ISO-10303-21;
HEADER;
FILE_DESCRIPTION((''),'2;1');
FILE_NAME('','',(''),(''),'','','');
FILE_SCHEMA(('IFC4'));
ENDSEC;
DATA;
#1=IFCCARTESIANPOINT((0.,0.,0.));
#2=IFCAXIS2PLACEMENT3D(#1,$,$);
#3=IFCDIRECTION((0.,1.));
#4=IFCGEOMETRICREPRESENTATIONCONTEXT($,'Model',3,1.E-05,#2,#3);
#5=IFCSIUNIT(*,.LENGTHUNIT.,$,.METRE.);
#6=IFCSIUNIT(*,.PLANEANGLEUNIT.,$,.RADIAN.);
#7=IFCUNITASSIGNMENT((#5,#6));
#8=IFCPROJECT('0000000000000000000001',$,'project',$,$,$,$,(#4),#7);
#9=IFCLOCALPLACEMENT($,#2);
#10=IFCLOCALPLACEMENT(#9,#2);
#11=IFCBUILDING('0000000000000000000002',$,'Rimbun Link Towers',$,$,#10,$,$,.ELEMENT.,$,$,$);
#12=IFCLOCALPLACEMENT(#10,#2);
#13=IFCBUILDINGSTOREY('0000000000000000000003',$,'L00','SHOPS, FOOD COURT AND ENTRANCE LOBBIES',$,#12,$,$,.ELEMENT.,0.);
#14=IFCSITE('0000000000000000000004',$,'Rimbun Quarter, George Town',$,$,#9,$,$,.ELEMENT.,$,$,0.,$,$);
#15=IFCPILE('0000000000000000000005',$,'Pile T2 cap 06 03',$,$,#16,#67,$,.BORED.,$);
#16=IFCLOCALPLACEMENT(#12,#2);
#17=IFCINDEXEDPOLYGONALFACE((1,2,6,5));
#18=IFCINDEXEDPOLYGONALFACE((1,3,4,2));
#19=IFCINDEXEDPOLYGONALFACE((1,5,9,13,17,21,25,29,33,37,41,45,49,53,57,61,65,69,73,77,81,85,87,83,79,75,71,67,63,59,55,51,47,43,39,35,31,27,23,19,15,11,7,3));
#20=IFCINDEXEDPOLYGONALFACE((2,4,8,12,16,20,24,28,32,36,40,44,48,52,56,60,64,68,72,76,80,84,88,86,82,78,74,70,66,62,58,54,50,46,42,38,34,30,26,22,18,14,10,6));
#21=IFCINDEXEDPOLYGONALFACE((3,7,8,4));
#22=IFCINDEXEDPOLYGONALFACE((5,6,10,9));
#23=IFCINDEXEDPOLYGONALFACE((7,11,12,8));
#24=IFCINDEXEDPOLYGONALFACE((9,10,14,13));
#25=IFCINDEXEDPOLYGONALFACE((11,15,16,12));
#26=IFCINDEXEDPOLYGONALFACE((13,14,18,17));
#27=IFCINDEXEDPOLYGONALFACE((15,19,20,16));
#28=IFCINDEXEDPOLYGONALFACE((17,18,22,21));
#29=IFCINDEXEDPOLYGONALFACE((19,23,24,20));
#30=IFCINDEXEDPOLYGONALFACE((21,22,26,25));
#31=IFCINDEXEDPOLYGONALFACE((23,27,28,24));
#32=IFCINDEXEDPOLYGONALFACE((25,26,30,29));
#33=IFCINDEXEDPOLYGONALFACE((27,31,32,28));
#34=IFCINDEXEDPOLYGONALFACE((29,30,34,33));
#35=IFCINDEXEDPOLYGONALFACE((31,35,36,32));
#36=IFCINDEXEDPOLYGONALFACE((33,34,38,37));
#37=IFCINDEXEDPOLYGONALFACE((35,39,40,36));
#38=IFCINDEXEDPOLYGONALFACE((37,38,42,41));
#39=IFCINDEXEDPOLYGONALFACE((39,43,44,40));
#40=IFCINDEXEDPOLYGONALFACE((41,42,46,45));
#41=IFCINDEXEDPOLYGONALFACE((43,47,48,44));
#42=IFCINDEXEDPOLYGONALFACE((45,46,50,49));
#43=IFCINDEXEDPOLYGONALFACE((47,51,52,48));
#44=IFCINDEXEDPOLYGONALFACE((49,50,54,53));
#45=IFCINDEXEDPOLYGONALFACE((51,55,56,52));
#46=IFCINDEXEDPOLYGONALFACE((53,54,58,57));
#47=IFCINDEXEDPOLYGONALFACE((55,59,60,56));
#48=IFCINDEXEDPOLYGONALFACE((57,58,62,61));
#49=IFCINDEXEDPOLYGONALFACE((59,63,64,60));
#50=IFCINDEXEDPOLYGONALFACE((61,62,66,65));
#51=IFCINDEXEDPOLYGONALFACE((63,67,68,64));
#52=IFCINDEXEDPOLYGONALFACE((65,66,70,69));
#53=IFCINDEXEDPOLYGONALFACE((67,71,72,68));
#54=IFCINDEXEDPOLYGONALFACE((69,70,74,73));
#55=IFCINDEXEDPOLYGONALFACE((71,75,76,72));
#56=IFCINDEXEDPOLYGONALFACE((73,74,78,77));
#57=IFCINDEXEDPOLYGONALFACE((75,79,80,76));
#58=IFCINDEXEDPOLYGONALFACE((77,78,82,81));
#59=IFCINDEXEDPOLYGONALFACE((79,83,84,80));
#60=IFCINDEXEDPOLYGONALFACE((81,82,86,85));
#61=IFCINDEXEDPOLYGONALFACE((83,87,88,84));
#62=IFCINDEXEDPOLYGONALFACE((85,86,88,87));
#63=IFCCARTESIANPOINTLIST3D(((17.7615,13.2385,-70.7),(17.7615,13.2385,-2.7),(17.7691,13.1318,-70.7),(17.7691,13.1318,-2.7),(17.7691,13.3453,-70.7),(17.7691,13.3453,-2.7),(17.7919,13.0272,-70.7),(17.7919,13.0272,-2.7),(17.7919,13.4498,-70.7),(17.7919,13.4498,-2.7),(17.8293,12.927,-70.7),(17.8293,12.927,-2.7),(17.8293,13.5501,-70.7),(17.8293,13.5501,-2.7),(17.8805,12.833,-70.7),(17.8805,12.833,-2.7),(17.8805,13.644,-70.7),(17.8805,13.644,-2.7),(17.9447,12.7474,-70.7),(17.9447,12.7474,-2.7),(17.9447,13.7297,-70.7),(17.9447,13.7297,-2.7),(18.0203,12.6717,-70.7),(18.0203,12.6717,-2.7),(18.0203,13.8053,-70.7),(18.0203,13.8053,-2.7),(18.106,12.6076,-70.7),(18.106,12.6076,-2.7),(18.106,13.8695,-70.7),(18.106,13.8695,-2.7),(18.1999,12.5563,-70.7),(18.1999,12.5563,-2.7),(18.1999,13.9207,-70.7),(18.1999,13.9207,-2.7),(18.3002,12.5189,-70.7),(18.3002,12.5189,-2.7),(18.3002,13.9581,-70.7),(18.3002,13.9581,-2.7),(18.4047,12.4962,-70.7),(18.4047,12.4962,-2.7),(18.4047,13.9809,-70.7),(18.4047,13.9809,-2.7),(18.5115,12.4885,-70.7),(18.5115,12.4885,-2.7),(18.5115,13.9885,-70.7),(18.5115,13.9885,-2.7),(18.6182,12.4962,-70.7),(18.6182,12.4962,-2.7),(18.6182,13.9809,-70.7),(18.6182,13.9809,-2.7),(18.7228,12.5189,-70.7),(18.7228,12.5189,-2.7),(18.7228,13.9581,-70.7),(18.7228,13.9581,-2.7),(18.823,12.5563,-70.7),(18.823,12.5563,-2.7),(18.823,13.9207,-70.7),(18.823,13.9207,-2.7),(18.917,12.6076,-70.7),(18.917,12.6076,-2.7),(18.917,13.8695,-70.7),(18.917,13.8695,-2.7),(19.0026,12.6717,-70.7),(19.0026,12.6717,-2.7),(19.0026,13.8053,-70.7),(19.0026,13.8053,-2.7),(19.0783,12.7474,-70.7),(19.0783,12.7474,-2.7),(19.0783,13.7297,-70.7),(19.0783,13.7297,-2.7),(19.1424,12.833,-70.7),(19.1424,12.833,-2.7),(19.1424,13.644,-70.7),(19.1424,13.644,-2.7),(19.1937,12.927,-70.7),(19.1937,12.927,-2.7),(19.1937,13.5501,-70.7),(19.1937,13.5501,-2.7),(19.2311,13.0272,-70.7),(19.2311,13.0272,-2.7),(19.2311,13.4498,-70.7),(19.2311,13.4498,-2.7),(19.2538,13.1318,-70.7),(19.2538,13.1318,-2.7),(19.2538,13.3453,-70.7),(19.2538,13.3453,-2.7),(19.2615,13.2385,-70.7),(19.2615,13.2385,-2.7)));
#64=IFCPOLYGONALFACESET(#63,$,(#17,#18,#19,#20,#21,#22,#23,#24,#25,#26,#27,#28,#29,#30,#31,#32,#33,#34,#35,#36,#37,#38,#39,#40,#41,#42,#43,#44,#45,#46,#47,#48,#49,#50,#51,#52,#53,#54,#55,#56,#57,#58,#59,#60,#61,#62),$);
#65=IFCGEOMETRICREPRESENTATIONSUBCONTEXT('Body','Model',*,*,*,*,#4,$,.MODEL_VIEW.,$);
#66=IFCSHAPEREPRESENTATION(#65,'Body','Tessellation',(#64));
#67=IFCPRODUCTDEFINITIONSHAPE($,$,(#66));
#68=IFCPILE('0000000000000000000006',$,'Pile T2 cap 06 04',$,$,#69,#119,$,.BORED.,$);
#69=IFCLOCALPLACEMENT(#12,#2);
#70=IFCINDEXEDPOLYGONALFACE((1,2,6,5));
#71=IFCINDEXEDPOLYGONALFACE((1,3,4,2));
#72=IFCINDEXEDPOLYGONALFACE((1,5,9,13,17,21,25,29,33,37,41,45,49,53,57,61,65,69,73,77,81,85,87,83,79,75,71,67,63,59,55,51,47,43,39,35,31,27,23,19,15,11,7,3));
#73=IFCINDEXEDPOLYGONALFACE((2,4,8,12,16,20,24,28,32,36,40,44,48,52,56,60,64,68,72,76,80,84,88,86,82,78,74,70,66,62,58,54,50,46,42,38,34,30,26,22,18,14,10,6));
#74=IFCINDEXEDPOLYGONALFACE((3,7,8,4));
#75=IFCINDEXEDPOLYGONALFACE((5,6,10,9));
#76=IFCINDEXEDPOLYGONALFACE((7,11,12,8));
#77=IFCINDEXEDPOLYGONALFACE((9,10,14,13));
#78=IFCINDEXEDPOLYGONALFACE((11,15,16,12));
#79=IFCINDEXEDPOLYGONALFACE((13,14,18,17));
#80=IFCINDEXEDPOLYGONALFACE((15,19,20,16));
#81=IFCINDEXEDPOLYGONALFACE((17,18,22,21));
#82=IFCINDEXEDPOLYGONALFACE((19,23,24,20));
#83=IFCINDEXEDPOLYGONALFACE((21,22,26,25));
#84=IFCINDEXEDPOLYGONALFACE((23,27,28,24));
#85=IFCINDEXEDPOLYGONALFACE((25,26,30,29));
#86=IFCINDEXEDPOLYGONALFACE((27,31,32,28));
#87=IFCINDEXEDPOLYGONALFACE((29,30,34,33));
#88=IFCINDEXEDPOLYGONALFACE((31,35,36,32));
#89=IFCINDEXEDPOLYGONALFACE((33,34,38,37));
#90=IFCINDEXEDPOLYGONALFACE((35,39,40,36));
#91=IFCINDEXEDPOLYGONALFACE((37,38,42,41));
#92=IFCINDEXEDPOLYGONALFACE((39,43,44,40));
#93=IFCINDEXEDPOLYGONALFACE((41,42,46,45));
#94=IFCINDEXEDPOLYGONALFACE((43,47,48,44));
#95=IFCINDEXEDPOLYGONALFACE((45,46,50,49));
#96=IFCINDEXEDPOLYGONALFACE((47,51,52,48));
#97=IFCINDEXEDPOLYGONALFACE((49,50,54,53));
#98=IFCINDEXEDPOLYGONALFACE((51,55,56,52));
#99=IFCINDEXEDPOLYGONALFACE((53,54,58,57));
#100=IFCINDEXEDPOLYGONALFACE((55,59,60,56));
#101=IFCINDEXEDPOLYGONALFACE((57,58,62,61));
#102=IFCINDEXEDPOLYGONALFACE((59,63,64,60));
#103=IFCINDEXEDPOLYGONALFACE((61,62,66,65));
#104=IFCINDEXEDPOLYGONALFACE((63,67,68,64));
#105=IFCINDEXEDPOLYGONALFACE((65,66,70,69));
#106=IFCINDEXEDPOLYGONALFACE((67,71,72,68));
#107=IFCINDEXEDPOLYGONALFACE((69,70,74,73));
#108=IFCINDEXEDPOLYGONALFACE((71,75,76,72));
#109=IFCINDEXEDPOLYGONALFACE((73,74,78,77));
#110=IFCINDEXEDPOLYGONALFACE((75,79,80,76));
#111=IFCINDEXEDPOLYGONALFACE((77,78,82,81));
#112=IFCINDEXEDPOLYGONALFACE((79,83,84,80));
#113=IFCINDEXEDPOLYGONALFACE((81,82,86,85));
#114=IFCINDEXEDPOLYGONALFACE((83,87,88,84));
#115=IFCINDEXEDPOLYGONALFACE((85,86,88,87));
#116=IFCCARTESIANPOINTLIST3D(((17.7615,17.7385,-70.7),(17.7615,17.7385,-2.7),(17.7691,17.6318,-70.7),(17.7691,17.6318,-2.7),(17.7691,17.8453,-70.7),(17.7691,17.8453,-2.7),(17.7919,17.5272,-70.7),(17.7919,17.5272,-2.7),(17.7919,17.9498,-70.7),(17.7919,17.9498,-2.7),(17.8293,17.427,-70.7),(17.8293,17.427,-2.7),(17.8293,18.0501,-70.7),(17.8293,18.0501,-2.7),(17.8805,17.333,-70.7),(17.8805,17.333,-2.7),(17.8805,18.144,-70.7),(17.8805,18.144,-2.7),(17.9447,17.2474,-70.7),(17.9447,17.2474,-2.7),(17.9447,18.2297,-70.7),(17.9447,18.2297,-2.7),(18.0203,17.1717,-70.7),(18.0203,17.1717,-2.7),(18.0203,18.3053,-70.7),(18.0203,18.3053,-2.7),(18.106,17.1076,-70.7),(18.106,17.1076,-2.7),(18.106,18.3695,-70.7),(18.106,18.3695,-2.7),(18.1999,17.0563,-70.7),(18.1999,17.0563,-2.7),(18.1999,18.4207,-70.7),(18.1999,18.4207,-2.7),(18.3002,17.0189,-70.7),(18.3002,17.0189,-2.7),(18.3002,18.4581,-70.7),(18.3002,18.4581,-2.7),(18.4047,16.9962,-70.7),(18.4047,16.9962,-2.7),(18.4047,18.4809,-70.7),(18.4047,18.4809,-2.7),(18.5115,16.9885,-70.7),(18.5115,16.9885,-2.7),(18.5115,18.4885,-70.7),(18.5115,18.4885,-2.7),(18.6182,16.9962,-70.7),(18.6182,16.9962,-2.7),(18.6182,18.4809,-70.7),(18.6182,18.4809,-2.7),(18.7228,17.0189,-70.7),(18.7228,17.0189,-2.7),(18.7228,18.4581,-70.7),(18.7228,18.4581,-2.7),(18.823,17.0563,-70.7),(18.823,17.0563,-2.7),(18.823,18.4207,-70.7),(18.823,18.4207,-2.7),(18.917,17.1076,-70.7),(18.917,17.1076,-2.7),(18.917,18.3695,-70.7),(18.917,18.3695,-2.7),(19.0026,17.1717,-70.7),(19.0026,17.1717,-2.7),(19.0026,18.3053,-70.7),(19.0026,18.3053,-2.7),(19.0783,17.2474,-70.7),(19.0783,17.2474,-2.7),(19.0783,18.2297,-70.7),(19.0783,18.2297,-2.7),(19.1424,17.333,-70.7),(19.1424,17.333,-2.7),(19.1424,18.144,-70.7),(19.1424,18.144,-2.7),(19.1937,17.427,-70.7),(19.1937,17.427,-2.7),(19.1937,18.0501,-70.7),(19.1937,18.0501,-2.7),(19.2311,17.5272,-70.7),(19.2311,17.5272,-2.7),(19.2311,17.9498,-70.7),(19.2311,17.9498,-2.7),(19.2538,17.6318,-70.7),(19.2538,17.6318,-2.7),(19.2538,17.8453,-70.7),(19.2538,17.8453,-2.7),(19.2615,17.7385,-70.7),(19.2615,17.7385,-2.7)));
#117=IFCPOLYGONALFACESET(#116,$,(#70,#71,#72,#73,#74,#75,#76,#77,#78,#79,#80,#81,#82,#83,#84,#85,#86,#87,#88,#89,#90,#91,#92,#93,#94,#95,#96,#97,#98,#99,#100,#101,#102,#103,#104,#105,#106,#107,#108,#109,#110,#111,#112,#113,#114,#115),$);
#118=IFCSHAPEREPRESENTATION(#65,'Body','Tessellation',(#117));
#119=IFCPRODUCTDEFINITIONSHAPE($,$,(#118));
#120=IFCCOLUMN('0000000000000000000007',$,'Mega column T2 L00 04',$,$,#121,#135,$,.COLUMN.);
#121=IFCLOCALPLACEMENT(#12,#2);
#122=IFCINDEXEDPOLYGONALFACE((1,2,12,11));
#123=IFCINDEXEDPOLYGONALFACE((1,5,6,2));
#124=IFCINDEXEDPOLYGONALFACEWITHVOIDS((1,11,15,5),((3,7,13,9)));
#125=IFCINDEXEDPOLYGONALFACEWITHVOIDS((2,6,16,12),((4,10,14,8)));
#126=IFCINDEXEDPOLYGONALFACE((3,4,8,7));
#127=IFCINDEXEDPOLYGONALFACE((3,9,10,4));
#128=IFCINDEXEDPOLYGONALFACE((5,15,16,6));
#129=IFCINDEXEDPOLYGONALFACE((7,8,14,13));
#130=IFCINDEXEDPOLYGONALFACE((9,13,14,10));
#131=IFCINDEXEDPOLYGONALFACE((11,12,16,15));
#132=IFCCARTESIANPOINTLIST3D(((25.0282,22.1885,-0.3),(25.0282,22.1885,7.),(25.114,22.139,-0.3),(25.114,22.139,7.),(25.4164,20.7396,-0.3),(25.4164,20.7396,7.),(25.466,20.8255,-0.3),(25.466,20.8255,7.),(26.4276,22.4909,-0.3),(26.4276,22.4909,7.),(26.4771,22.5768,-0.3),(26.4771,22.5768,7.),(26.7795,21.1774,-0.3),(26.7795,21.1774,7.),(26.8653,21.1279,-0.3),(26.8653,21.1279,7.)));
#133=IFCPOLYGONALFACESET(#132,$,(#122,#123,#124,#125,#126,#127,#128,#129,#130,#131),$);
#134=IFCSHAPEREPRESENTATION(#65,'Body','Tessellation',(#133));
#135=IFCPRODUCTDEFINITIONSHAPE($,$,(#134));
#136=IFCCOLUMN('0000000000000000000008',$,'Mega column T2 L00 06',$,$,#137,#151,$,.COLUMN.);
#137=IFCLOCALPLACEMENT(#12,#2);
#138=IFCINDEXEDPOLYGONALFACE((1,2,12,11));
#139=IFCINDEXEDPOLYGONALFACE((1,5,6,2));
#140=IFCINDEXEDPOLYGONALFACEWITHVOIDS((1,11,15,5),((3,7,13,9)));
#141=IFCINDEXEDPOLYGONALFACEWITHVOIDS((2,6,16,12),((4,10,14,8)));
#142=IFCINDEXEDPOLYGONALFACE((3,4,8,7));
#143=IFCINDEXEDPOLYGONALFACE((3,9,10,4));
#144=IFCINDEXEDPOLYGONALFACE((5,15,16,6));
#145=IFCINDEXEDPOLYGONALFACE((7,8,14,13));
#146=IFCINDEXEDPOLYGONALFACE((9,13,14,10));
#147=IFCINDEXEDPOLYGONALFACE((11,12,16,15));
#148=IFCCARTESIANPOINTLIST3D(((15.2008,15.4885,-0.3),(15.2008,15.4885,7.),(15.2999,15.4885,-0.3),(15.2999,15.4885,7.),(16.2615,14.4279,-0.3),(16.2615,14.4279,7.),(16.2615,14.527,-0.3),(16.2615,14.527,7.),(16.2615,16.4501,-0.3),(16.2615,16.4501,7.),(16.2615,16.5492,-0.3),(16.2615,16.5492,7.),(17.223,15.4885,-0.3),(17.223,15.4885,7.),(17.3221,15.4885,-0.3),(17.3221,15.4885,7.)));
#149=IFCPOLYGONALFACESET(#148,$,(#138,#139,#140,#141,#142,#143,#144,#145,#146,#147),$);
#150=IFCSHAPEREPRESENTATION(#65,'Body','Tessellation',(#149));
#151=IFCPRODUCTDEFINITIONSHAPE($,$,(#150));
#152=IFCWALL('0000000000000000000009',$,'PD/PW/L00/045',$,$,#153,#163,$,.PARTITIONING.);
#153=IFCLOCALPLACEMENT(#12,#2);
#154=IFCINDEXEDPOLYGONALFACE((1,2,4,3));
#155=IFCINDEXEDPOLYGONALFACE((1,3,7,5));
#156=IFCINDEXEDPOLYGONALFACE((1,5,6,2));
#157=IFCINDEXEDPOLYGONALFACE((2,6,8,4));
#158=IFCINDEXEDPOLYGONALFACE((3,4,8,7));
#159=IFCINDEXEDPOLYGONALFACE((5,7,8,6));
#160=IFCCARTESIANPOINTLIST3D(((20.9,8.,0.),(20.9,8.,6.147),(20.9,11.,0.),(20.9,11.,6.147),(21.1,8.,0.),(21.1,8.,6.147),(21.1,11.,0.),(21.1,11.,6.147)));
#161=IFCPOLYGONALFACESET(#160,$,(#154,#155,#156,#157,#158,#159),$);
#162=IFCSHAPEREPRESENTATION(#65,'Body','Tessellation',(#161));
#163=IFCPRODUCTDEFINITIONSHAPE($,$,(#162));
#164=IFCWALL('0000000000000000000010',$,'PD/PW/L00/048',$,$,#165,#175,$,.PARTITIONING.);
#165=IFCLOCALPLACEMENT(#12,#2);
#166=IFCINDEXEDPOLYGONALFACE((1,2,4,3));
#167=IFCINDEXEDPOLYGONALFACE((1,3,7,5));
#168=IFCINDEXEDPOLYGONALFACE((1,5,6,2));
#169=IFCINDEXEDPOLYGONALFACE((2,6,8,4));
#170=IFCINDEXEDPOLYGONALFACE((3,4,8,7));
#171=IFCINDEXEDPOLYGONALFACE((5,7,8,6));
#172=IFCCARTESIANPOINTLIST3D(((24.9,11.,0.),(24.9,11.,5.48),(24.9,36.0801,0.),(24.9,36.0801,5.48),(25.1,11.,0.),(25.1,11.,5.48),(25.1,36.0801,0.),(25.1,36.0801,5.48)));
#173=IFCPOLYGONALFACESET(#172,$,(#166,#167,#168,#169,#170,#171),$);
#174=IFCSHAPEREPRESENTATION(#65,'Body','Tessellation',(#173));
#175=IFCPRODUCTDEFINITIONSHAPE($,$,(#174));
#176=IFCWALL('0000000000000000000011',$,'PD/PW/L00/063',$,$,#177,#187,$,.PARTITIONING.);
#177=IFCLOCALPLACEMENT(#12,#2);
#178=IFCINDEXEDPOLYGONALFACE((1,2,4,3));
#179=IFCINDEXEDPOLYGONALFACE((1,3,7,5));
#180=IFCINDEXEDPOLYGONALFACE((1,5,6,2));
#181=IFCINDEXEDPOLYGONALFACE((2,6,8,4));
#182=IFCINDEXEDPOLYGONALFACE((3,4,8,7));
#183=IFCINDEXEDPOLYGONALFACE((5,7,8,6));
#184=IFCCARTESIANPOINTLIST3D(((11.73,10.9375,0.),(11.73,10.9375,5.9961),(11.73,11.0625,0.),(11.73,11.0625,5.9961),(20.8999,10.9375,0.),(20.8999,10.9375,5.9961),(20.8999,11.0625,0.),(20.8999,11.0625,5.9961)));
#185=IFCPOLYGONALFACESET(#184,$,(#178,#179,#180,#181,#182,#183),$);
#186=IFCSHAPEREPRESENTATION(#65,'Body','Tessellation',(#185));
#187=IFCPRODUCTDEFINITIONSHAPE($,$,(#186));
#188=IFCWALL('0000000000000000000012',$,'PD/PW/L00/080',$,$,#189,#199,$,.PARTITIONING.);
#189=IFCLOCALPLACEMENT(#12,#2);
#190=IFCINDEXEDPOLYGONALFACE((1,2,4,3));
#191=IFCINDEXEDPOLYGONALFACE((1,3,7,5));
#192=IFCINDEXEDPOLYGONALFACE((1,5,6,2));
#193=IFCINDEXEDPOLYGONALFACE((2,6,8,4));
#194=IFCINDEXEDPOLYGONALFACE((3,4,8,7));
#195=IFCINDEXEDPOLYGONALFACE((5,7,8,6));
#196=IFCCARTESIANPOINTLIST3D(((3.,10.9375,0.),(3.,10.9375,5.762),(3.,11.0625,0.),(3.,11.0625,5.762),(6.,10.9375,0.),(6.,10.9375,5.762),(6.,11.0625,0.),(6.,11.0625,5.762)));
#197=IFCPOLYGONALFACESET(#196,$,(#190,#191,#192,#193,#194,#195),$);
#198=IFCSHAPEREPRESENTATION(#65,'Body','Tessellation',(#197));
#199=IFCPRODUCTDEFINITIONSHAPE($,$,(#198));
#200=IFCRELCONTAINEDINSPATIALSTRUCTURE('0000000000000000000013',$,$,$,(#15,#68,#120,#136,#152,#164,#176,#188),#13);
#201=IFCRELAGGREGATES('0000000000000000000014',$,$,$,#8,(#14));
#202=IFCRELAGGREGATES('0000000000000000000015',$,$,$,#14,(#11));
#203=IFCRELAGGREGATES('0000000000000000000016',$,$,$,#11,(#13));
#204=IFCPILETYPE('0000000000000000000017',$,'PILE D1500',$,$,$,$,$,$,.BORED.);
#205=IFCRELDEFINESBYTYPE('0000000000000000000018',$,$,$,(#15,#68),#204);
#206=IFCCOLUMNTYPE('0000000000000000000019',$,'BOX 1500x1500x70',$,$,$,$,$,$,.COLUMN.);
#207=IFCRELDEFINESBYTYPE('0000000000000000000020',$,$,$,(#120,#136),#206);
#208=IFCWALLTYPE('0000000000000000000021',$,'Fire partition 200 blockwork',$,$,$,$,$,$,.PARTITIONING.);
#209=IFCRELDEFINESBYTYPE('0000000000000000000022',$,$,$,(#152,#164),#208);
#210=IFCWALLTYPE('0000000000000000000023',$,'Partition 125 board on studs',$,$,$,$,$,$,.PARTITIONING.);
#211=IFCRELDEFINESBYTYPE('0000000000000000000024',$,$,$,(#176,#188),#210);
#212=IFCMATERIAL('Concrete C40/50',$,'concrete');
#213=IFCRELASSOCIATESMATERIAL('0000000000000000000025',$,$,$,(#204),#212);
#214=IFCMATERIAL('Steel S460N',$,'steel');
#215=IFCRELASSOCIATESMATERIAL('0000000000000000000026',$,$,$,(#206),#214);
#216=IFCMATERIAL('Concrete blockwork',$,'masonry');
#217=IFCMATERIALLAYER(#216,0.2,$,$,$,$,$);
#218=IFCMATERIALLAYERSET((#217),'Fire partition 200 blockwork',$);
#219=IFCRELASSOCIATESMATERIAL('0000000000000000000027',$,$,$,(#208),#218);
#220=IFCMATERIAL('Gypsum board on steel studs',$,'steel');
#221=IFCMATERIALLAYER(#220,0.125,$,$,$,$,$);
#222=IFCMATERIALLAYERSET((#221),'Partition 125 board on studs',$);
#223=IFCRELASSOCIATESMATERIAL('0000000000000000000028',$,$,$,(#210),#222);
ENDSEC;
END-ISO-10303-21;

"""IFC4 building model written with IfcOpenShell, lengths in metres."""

from ifc_helpers import new_model, si_unit, direction, frame, frame_2d, origin, origin_2d, place, context, subcontext, project, spatial, rectangle, hollow_rectangle, circle, extrude, material, layer, layer_set, material_profile, profile_set, type_object, element, save


model = new_model("IFC4")

# Units and contexts
model_context = context("Model", 3, precision=1e-05, world=origin(), true_north=direction((0.0, 1.0)))
body_context = subcontext(model_context, "Body", "Model", "MODEL_VIEW")
ifc_project = project(units=[si_unit("LENGTHUNIT", "METRE"), si_unit("PLANEANGLEUNIT", "RADIAN")], contexts=[model_context])

# Site, building, storey
site_placement = place(None, origin())
site = spatial("IfcSite", under=ifc_project, at=site_placement, Name="Rimbun Quarter, George Town", CompositionType="ELEMENT", RefElevation=0.0)
building_placement = place(site_placement, origin())
building = spatial("IfcBuilding", under=site, at=building_placement, Name="Rimbun Link Towers", CompositionType="ELEMENT")
storey_placement = place(building_placement, origin())
storey = spatial("IfcBuildingStorey", under=building, at=storey_placement, Name="L00", Description="SHOPS, FOOD COURT AND ENTRANCE LOBBIES", CompositionType="ELEMENT", Elevation=0.0)

# Piles
ifc_material_1 = material(Name="Concrete C40/50", Category="concrete")
ifc_material_profile_1 = material_profile(ifc_material_1, circle(Radius=0.75, at=origin_2d()), Name="PILE D1500")
ifc_profile_set_1 = profile_set([ifc_material_profile_1], Name="Concrete C40/50")
pile_type = type_object("IfcPileType", Name="PILE D1500", PredefinedType="BORED", material=ifc_profile_set_1)
for number, where, z_axis, x_axis, name in (
    (1, (18.5115, 13.2385, -2.7), (0.0, 0.0, -1.0), (1.0, 0.0, 0.0), "Pile T2 cap 06 03"),
    (2, (18.5115, 17.7385, -2.7), (0.0, 0.0, -1.0), (1.0, 0.0, 0.0), "Pile T2 cap 06 04"),
):
    element("IfcPile", number, at=place(storey_placement, frame(where, z_axis=z_axis, x_axis=x_axis)), inside=storey, type_object=pile_type, Name=name, PredefinedType="BORED", context=body_context, shape_type="SweptSolid", body=[
        extrude(circle(Radius=0.75, at=origin_2d()), origin(), (0.0, 0.0, 1.0), 68.0),
    ])

# Columns
ifc_material_2 = material(Name="Steel S460N", Category="steel")
ifc_material_profile_2 = material_profile(ifc_material_2, hollow_rectangle(XDim=1.5, YDim=1.5, WallThickness=0.0701, at=origin_2d()), Name="BOX 1500x1500x70")
ifc_profile_set_2 = profile_set([ifc_material_profile_2], Name="Steel S460N")
column_type = type_object("IfcColumnType", Name="BOX 1500x1500x70", PredefinedType="COLUMN", material=ifc_profile_set_2)
for number, where, z_axis, x_axis, name in (
    (3, (25.9468, 21.6582, -0.3), (0.0, 0.0, 1.0), (-0.258819, 0.965926, 0.0), "Mega column T2 L00 04"),
    (4, (16.2615, 15.4885, -0.3), (0.0, 0.0, 1.0), (-0.707107, 0.707107, 0.0), "Mega column T2 L00 06"),
):
    element("IfcColumn", number, at=place(storey_placement, frame(where, z_axis=z_axis, x_axis=x_axis)), inside=storey, type_object=column_type, Name=name, PredefinedType="COLUMN", context=body_context, shape_type="SweptSolid", body=[
        extrude(hollow_rectangle(XDim=1.5, YDim=1.5, WallThickness=0.0701, at=origin_2d()), origin(), (0.0, 0.0, 1.0), 7.3),
    ])

# Walls
ifc_material_3 = material(Name="Concrete blockwork", Category="masonry")
ifc_layer_1 = layer(ifc_material_3, 0.2)
ifc_layer_set_1 = layer_set([ifc_layer_1], Name="Fire partition 200 blockwork")
wall_type_1 = type_object("IfcWallType", Name="Fire partition 200 blockwork", PredefinedType="PARTITIONING", material=ifc_layer_set_1)
wall_1_placement = place(storey_placement, frame((21.0, 11.0, 0.0), z_axis=(0.0, 0.0, 1.0), x_axis=(0.0, -1.0, 0.0)))
element("IfcWall", 5, at=wall_1_placement, inside=storey, type_object=wall_type_1, Name="PD/PW/L00/045", PredefinedType="PARTITIONING", context=body_context, shape_type="SweptSolid", body=[
    extrude(rectangle(XDim=3.0, YDim=0.2, at=frame_2d((1.5, 0.0))), origin(), (0.0, 0.0, 1.0), 6.147),
])
wall_2_placement = place(storey_placement, frame((25.0, 11.0, 0.0), z_axis=(0.0, 0.0, 1.0), x_axis=(0.0, 1.0, 0.0)))
element("IfcWall", 6, at=wall_2_placement, inside=storey, type_object=wall_type_1, Name="PD/PW/L00/048", PredefinedType="PARTITIONING", context=body_context, shape_type="SweptSolid", body=[
    extrude(rectangle(XDim=25.0801, YDim=0.2, at=frame_2d((12.54, 0.0))), origin(), (0.0, 0.0, 1.0), 5.48),
])
ifc_material_4 = material(Name="Gypsum board on steel studs", Category="steel")
ifc_layer_2 = layer(ifc_material_4, 0.125)
ifc_layer_set_2 = layer_set([ifc_layer_2], Name="Partition 125 board on studs")
wall_type_2 = type_object("IfcWallType", Name="Partition 125 board on studs", PredefinedType="PARTITIONING", material=ifc_layer_set_2)
wall_3_placement = place(storey_placement, frame((20.8999, 11.0, 0.0), z_axis=(0.0, 0.0, 1.0), x_axis=(-1.0, 0.0, 0.0)))
element("IfcWall", 7, at=wall_3_placement, inside=storey, type_object=wall_type_2, Name="PD/PW/L00/063", PredefinedType="PARTITIONING", context=body_context, shape_type="SweptSolid", body=[
    extrude(rectangle(XDim=9.1699, YDim=0.125, at=frame_2d((4.585, 0.0))), origin(), (0.0, 0.0, 1.0), 5.9961),
])
wall_4_placement = place(storey_placement, frame((6.0, 11.0, 0.0), z_axis=(0.0, 0.0, 1.0), x_axis=(-1.0, 0.0, 0.0)))
element("IfcWall", 8, at=wall_4_placement, inside=storey, type_object=wall_type_2, Name="PD/PW/L00/080", PredefinedType="PARTITIONING", context=body_context, shape_type="SweptSolid", body=[
    extrude(rectangle(XDim=3.0, YDim=0.125, at=frame_2d((1.5, 0.0))), origin(), (0.0, 0.0, 1.0), 5.762),
])

save(model, "model.ifc")
